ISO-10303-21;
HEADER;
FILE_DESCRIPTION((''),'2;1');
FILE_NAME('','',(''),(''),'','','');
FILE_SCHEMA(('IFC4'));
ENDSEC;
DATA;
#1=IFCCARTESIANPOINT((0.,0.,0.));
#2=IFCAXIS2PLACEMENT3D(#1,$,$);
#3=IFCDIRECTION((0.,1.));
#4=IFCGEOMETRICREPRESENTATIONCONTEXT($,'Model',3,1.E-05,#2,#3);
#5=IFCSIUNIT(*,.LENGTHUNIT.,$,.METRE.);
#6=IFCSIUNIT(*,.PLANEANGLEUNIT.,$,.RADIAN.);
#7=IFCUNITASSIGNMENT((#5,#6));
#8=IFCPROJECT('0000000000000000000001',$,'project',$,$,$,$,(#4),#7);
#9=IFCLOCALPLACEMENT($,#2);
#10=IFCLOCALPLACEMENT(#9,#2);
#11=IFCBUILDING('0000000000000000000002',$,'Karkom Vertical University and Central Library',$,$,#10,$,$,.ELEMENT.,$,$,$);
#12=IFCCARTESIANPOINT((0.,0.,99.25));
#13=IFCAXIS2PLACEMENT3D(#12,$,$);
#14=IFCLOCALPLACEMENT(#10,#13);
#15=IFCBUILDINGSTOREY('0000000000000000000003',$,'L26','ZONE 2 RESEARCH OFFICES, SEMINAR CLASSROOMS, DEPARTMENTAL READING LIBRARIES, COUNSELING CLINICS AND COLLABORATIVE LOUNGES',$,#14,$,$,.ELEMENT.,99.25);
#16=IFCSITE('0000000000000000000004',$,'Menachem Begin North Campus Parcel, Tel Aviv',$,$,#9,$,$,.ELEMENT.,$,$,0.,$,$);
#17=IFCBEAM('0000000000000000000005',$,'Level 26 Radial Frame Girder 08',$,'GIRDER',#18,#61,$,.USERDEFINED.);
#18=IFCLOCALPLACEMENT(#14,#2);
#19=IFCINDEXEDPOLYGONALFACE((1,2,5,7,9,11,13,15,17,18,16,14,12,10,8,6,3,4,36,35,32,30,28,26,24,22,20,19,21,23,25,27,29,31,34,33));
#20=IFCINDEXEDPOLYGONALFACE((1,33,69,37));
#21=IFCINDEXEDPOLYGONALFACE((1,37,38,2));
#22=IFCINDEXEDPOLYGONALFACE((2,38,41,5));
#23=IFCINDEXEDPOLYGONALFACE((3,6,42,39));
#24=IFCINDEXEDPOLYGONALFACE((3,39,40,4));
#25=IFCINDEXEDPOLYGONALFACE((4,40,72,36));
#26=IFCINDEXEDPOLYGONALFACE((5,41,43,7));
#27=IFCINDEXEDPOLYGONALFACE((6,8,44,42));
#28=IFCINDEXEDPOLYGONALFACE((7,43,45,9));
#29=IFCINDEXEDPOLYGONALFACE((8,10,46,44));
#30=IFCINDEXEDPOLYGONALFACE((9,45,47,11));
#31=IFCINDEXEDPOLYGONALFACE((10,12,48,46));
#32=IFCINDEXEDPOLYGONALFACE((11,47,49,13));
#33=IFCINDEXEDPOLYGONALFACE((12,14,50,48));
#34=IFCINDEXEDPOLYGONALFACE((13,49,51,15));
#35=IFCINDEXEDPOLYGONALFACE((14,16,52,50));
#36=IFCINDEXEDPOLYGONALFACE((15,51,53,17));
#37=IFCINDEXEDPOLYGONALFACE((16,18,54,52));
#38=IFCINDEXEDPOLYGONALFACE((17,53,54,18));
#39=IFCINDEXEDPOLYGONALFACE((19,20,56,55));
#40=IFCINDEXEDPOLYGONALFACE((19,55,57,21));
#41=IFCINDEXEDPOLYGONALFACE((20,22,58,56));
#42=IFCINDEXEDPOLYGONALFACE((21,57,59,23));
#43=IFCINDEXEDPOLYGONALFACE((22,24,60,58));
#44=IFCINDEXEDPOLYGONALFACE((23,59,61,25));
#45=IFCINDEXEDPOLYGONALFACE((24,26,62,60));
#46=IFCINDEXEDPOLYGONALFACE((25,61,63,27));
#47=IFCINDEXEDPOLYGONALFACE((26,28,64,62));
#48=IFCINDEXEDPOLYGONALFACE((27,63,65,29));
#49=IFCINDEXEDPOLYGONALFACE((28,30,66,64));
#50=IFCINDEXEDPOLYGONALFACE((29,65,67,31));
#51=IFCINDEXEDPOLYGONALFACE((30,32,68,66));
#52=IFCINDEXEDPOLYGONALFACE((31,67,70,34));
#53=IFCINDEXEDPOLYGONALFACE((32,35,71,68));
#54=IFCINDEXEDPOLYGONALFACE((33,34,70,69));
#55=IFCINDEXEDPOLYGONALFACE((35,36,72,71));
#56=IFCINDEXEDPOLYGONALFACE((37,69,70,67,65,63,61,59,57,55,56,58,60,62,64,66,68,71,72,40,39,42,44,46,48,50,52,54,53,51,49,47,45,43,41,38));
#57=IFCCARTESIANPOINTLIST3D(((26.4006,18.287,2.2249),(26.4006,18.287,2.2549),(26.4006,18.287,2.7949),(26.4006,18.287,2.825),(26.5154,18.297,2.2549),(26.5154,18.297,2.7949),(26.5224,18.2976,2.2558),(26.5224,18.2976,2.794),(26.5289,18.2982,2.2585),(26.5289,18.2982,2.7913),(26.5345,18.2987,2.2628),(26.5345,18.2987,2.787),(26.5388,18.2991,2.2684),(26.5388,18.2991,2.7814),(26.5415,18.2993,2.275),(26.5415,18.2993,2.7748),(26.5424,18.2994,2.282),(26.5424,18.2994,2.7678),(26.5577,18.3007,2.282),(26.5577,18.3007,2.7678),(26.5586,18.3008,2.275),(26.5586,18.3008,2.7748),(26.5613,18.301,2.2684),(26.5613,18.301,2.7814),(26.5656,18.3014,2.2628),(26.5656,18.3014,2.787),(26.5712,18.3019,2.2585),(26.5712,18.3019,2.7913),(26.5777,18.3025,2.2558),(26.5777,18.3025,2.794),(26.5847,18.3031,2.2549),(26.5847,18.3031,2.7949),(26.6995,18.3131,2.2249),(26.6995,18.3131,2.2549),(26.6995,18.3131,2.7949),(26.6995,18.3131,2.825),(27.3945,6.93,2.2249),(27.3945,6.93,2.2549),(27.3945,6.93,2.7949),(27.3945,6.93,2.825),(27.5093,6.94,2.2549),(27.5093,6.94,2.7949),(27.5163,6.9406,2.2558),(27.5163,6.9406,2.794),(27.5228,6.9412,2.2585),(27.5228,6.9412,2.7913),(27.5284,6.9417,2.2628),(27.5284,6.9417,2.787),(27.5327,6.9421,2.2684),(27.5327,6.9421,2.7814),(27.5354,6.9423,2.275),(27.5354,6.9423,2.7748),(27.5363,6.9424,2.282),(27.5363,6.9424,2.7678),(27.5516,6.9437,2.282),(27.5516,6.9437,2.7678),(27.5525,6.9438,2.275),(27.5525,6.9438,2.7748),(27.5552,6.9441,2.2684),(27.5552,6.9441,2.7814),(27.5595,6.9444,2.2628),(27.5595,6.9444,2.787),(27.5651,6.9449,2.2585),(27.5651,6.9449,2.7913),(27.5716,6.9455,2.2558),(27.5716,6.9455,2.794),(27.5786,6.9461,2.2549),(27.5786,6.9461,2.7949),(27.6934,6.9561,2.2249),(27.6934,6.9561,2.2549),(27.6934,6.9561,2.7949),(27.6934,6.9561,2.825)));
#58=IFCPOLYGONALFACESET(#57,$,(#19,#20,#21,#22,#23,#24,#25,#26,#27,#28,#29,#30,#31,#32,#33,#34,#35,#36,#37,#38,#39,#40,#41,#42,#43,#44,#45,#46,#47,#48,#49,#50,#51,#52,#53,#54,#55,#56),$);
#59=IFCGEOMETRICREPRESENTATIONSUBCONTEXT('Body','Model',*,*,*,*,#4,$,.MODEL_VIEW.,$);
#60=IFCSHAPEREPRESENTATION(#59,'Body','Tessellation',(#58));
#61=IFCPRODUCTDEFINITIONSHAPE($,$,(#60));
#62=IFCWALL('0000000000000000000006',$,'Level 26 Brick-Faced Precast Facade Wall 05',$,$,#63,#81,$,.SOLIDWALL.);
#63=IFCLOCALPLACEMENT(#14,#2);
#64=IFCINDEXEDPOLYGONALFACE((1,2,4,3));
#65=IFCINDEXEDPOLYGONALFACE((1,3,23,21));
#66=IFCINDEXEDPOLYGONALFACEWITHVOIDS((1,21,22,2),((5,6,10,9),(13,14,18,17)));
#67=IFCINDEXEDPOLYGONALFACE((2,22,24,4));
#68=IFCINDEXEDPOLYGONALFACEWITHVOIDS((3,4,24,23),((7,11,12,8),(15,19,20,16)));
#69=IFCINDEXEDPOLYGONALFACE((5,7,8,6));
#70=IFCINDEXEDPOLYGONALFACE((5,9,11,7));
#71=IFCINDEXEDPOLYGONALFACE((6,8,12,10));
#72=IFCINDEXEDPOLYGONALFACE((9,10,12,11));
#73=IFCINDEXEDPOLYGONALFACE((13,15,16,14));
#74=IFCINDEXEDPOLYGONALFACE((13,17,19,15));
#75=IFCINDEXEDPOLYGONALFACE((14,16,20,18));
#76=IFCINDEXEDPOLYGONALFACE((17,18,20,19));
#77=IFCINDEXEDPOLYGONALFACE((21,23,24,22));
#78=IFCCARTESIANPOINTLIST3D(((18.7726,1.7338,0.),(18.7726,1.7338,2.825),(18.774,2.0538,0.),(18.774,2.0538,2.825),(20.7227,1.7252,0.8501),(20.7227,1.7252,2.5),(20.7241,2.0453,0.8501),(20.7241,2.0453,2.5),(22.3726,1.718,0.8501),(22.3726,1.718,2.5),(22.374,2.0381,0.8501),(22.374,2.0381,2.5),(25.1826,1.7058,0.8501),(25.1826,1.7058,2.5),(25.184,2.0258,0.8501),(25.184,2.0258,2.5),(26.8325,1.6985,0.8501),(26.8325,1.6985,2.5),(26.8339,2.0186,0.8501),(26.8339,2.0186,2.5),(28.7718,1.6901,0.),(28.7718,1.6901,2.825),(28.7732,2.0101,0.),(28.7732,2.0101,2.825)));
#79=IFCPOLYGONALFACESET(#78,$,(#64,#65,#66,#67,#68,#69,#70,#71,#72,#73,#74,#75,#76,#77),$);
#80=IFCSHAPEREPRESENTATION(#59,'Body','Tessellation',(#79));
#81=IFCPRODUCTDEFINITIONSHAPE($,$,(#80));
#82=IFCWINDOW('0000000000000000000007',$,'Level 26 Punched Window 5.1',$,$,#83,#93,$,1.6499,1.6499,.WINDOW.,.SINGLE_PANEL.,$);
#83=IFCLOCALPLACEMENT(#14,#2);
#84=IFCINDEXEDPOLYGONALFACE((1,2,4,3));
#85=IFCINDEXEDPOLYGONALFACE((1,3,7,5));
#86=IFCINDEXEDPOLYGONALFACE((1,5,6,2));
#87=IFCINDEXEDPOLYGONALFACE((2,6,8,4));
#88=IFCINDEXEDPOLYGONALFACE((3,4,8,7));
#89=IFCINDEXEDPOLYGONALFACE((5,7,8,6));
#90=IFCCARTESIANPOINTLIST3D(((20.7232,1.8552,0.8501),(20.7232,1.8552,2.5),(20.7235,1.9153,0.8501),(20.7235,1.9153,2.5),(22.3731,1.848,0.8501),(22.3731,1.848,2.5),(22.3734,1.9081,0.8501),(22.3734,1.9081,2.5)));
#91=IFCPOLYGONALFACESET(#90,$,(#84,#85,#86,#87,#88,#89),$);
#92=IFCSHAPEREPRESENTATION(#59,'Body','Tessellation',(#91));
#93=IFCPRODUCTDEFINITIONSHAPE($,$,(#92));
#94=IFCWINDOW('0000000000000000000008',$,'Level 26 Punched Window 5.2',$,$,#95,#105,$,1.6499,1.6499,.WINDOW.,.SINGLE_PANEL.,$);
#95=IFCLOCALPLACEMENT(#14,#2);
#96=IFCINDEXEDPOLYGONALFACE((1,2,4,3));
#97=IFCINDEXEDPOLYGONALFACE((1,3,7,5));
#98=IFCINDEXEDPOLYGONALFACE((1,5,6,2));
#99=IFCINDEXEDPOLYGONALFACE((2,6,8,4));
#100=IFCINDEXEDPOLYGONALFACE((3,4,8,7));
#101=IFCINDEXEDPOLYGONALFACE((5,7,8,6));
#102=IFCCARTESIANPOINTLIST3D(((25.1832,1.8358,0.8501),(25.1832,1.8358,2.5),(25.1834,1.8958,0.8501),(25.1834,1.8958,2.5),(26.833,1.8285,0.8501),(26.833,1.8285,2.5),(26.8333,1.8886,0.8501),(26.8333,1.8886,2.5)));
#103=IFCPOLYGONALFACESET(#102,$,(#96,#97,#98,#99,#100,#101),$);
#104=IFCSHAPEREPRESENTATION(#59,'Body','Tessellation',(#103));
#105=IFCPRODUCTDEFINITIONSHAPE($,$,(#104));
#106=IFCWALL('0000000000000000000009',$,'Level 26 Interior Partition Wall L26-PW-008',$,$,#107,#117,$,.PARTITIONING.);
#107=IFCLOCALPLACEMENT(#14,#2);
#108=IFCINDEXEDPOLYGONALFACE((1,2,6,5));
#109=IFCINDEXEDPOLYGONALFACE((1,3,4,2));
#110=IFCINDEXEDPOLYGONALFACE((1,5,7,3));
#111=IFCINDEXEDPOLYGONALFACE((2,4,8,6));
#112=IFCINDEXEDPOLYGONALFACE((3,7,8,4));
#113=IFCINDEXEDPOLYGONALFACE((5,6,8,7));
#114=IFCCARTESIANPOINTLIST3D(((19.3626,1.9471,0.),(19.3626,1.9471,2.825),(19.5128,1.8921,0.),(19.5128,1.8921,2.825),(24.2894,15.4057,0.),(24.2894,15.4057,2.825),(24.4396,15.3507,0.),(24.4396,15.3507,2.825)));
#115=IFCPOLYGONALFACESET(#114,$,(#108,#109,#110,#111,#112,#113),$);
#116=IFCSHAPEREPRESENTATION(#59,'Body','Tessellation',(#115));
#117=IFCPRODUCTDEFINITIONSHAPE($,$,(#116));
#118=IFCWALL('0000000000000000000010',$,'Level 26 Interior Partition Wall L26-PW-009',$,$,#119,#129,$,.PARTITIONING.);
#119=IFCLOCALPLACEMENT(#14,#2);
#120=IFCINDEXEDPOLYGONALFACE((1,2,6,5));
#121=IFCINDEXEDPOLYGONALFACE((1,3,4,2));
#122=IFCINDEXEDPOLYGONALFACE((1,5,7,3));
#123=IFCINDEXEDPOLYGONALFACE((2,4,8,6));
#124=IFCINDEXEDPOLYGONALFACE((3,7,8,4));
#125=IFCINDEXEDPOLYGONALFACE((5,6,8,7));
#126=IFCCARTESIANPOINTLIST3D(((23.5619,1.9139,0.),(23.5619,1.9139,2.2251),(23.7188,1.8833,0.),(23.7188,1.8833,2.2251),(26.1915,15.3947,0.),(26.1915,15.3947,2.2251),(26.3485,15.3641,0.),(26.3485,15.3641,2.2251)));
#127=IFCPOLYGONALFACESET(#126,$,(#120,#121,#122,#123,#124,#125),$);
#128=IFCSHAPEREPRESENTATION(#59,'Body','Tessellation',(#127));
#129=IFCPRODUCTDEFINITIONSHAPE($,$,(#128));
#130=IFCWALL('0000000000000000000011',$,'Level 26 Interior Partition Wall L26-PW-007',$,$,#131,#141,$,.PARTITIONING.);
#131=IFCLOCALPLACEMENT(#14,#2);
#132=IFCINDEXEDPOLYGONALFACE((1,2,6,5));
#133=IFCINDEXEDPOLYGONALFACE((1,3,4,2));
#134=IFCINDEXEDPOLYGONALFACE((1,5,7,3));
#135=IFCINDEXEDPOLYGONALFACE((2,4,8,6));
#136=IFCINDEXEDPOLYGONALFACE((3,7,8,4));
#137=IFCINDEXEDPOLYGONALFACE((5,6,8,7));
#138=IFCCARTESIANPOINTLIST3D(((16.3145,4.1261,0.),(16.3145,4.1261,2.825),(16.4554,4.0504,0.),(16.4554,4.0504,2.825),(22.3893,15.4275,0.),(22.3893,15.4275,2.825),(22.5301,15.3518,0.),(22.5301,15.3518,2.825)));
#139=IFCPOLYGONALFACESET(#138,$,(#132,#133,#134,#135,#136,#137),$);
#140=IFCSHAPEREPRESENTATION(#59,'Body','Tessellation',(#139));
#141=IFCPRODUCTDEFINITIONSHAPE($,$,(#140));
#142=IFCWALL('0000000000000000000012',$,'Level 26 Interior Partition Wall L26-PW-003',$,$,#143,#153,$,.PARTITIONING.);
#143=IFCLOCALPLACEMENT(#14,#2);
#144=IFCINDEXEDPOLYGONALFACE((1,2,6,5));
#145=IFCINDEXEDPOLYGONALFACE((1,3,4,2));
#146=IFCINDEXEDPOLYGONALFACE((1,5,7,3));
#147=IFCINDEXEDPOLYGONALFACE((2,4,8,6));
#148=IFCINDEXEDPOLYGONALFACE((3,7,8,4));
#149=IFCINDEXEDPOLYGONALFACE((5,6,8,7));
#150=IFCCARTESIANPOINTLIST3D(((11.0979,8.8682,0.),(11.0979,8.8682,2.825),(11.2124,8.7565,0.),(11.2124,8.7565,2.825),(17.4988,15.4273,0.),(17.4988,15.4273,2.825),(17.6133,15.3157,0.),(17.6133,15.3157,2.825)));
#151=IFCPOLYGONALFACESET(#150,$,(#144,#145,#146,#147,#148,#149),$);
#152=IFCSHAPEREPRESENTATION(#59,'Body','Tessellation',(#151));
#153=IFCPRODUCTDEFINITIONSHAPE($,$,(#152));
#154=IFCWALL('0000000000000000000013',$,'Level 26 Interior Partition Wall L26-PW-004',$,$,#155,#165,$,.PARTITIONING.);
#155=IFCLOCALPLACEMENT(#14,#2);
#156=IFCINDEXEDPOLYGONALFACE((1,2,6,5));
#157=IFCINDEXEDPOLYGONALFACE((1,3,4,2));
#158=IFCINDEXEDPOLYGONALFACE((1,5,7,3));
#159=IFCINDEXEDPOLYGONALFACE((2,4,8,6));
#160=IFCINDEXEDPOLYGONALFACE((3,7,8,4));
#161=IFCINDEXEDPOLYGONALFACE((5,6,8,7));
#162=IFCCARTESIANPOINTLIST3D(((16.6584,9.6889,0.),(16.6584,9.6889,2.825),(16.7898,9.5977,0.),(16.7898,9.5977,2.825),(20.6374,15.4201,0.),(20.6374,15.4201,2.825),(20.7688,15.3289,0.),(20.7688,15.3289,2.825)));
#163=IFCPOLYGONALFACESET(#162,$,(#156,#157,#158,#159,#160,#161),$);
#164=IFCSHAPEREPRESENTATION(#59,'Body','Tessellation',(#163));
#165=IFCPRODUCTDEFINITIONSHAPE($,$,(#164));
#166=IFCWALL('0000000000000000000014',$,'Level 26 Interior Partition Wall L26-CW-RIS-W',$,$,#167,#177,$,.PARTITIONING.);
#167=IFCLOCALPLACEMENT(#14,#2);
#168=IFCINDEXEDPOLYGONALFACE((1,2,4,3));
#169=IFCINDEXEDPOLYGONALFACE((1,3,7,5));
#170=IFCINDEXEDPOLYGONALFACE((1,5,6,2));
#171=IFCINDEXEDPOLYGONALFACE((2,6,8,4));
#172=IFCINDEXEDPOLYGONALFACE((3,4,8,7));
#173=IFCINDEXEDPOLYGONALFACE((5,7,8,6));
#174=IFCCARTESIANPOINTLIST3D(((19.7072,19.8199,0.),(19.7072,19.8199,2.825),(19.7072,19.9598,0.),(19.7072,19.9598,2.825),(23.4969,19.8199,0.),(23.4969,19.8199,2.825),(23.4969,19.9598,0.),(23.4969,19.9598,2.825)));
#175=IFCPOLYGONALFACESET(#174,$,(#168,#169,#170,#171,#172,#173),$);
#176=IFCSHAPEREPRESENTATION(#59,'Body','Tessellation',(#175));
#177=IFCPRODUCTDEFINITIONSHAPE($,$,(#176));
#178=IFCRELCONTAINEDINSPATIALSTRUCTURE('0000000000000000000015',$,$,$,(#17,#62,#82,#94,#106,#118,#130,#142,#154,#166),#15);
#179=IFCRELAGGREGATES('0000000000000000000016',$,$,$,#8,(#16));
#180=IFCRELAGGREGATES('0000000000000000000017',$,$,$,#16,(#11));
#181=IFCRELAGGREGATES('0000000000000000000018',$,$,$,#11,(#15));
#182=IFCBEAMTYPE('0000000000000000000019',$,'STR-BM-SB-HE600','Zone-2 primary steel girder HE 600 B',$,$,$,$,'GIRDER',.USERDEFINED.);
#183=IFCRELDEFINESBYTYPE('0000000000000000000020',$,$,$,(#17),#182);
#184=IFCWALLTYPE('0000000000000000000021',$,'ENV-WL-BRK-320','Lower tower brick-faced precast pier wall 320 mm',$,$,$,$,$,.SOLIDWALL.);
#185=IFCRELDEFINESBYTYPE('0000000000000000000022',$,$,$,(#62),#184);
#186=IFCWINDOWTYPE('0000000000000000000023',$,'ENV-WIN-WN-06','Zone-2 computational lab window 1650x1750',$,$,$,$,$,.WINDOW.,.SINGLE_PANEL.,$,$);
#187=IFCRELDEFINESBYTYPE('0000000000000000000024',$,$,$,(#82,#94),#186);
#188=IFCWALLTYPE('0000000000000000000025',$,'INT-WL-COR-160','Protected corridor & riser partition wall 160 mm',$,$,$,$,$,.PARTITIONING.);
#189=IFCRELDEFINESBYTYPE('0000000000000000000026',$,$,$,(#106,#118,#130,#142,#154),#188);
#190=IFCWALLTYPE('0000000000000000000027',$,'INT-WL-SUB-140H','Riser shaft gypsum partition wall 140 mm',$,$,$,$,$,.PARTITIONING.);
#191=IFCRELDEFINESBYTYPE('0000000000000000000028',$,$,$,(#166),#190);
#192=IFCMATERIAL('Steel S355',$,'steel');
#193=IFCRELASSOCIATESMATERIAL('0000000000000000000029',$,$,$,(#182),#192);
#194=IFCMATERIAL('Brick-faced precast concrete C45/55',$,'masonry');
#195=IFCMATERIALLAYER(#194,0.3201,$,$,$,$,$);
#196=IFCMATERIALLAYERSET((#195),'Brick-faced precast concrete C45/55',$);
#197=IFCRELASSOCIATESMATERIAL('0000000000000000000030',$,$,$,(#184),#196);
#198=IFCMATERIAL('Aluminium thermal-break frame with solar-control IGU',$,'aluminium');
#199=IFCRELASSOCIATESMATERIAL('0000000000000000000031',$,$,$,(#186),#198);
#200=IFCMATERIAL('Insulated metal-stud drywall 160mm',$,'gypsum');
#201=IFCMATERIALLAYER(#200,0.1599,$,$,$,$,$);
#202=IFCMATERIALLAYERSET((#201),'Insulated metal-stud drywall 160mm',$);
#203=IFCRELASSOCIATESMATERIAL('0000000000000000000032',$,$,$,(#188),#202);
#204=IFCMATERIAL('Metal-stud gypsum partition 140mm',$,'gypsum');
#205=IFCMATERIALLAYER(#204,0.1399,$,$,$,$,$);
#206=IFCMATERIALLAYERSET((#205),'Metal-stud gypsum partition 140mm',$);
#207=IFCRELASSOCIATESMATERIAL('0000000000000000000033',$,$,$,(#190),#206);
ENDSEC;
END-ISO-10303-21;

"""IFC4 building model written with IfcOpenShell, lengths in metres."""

from ifc_helpers import new_model, si_unit, direction, frame, frame_2d, origin, origin_with_axes, origin_2d, place, context, subcontext, project, spatial, rectangle, i_section, extrude, source, transform, mapped, material, layer, layer_set, material_profile, profile_set, type_object, element, fill, save


model = new_model("IFC4")

# Units and contexts
model_context = context("Model", 3, precision=1e-05, world=origin(), true_north=direction((0.0, 1.0)))
body_context = subcontext(model_context, "Body", "Model", "MODEL_VIEW")
ifc_project = project(units=[si_unit("LENGTHUNIT", "METRE"), si_unit("PLANEANGLEUNIT", "RADIAN")], contexts=[model_context])

# Site, building, storey
site_placement = place(None, origin())
site = spatial("IfcSite", under=ifc_project, at=site_placement, Name="Menachem Begin North Campus Parcel, Tel Aviv", CompositionType="ELEMENT", RefElevation=0.0)
building_placement = place(site_placement, origin())
building = spatial("IfcBuilding", under=site, at=building_placement, Name="Karkom Vertical University and Central Library", CompositionType="ELEMENT")
storey_placement = place(building_placement, frame((0.0, 0.0, 99.25)))
storey = spatial("IfcBuildingStorey", under=building, at=storey_placement, Name="L26", Description="ZONE 2 RESEARCH OFFICES, SEMINAR CLASSROOMS, DEPARTMENTAL READING LIBRARIES, COUNSELING CLINICS AND COLLABORATIVE LOUNGES", CompositionType="ELEMENT", Elevation=99.25)

# Beam
ifc_material_1 = material(Name="Steel S355", Category="steel")
ifc_material_profile_1 = material_profile(ifc_material_1, i_section(OverallWidth=0.3, OverallDepth=0.6001, WebThickness=0.0154, FlangeThickness=0.03, FilletRadius=0.0271, at=origin_2d()), Name="HE 600 B")
ifc_profile_set_1 = profile_set([ifc_material_profile_1], Name="Steel S355")
beam_type_1 = type_object("IfcBeamType", Name="STR-BM-SB-HE600", Description="Zone-2 primary steel girder HE 600 B", ElementType="GIRDER", PredefinedType="USERDEFINED", material=ifc_profile_set_1)
shared_shape_1 = source(origin_with_axes(), body_context, "Body", "SweptSolid", [
    extrude(i_section(OverallWidth=0.3, OverallDepth=0.6001, WebThickness=0.0154, FlangeThickness=0.03, FilletRadius=0.0271, at=origin_2d()), origin(), (0.0, 0.0, 1.0), 11.4004),
])
beam_1_placement = place(storey_placement, frame((26.55, 18.3, 2.5249), z_axis=(0.087181, -0.996192, 0.0), x_axis=(0.996192, 0.087181, 0.0)))
element("IfcBeam", 1, at=beam_1_placement, inside=storey, type_object=beam_type_1, Name="Level 26 Radial Frame Girder 08", ObjectType="GIRDER", PredefinedType="USERDEFINED", context=body_context, shape_type="MappedRepresentation", body=[
    mapped(shared_shape_1, transform((0.0, 0.0, 0.0), scale=1.0)),
])

# Wall, openings, windows
ifc_material_2 = material(Name="Brick-faced precast concrete C45/55", Category="masonry")
ifc_layer_1 = layer(ifc_material_2, 0.3201)
ifc_layer_set_1 = layer_set([ifc_layer_1], Name="Brick-faced precast concrete C45/55")
wall_type_1 = type_object("IfcWallType", Name="ENV-WL-BRK-320", Description="Lower tower brick-faced precast pier wall 320 mm", PredefinedType="SOLIDWALL", material=ifc_layer_set_1)
wall_1_placement = place(storey_placement, frame((18.7734, 1.8938, 0.0), z_axis=(0.0, 0.0, 1.0), x_axis=(0.99999, -0.00437, 0.0)))
wall_1 = element("IfcWall", 2, at=wall_1_placement, inside=storey, type_object=wall_type_1, Name="Level 26 Brick-Faced Precast Facade Wall 05", PredefinedType="SOLIDWALL", context=body_context, shape_type="SweptSolid", body=[
    extrude(rectangle(XDim=9.9993, YDim=0.3201, at=frame_2d((4.9995, 0.0))), origin(), (0.0, 0.0, 1.0), 2.825),
])
opening_1_placement = place(wall_1_placement, frame((1.95, 0.0, 0.8501)))
opening_1 = element("IfcOpeningElement", 3, at=opening_1_placement, cuts=wall_1, PredefinedType="OPENING", context=body_context, shape_type="SweptSolid", body=[
    extrude(rectangle(XDim=1.6499, YDim=1.6499, at=frame_2d((0.825, 0.825))), frame((0.0, 0.1699, 0.0), z_axis=(0.0, -1.0, 0.0), x_axis=(1.0, 0.0, 0.0)), (0.0, 0.0, 1.0), 0.3401),
])
opening_2_placement = place(wall_1_placement, frame((6.4099, 0.0, 0.8501)))
opening_2 = element("IfcOpeningElement", 4, at=opening_2_placement, cuts=wall_1, PredefinedType="OPENING", context=body_context, shape_type="SweptSolid", body=[
    extrude(rectangle(XDim=1.6499, YDim=1.6499, at=frame_2d((0.825, 0.825))), frame((0.0, 0.1699, 0.0), z_axis=(0.0, -1.0, 0.0), x_axis=(1.0, 0.0, 0.0)), (0.0, 0.0, 1.0), 0.3401),
])
ifc_material_3 = material(Name="Aluminium thermal-break frame with solar-control IGU", Category="aluminium")
window_type = type_object("IfcWindowType", Name="ENV-WIN-WN-06", Description="Zone-2 computational lab window 1650x1750", PartitioningType="SINGLE_PANEL", PredefinedType="WINDOW", material=ifc_material_3)
shared_shape_2 = source(origin_with_axes(), body_context, "Body", "SweptSolid", [
    extrude(rectangle(XDim=1.6499, YDim=1.6499, at=frame_2d((0.825, 0.825))), frame((0.0, 0.03, 0.0), z_axis=(0.0, -1.0, 0.0), x_axis=(1.0, 0.0, 0.0)), (0.0, 0.0, 1.0), 0.0601),
])
window_1_placement = place(opening_1_placement, origin())
window_1 = element("IfcWindow", 5, at=window_1_placement, inside=storey, type_object=window_type, Name="Level 26 Punched Window 5.1", OverallHeight=1.6499, OverallWidth=1.6499, PartitioningType="SINGLE_PANEL", PredefinedType="WINDOW", context=body_context, shape_type="MappedRepresentation", body=[
    mapped(shared_shape_2, transform((0.0, 0.0, 0.0), scale=1.0)),
])
fill(opening_1, window_1)
window_2_placement = place(opening_2_placement, origin())
window_2 = element("IfcWindow", 6, at=window_2_placement, inside=storey, type_object=window_type, Name="Level 26 Punched Window 5.2", OverallHeight=1.6499, OverallWidth=1.6499, PartitioningType="SINGLE_PANEL", PredefinedType="WINDOW", context=body_context, shape_type="MappedRepresentation", body=[
    mapped(shared_shape_2, transform((0.0, 0.0, 0.0), scale=1.0)),
])
fill(opening_2, window_2)

# Walls
ifc_material_4 = material(Name="Insulated metal-stud drywall 160mm", Category="gypsum")
ifc_layer_2 = layer(ifc_material_4, 0.1599)
ifc_layer_set_2 = layer_set([ifc_layer_2], Name="Insulated metal-stud drywall 160mm")
wall_type_2 = type_object("IfcWallType", Name="INT-WL-COR-160", Description="Protected corridor & riser partition wall 160 mm", PredefinedType="PARTITIONING", material=ifc_layer_set_2)
wall_2_placement = place(storey_placement, frame((24.3645, 15.3782, 0.0), z_axis=(0.0, 0.0, 1.0), x_axis=(-0.343761, -0.939057, 0.0)))
element("IfcWall", 7, at=wall_2_placement, inside=storey, type_object=wall_type_2, Name="Level 26 Interior Partition Wall L26-PW-008", PredefinedType="PARTITIONING", context=body_context, shape_type="SweptSolid", body=[
    extrude(rectangle(XDim=14.332, YDim=0.1599, at=frame_2d((7.166, 0.0))), origin(), (0.0, 0.0, 1.0), 2.825),
])
wall_3_placement = place(storey_placement, frame((26.27, 15.3794, 0.0), z_axis=(0.0, 0.0, 1.0), x_axis=(-0.191458, -0.981501, 0.0)))
element("IfcWall", 8, at=wall_3_placement, inside=storey, type_object=wall_type_2, Name="Level 26 Interior Partition Wall L26-PW-009", PredefinedType="PARTITIONING", context=body_context, shape_type="SweptSolid", body=[
    extrude(rectangle(XDim=13.7349, YDim=0.1599, at=frame_2d((6.8674, 0.0))), origin(), (0.0, 0.0, 1.0), 2.2251),
])
wall_4_placement = place(storey_placement, frame((22.4597, 15.3896, 0.0), z_axis=(0.0, 0.0, 1.0), x_axis=(-0.47346, -0.880815, 0.0)))
element("IfcWall", 9, at=wall_4_placement, inside=storey, type_object=wall_type_2, Name="Level 26 Interior Partition Wall L26-PW-007", PredefinedType="PARTITIONING", context=body_context, shape_type="SweptSolid", body=[
    extrude(rectangle(XDim=12.8306, YDim=0.1599, at=frame_2d((6.4153, 0.0))), origin(), (0.0, 0.0, 1.0), 2.825),
])
wall_5_placement = place(storey_placement, frame((17.5562, 15.3716, 0.0), z_axis=(0.0, 0.0, 1.0), x_axis=(-0.698423, -0.715685, 0.0)))
element("IfcWall", 10, at=wall_5_placement, inside=storey, type_object=wall_type_2, Name="Level 26 Interior Partition Wall L26-PW-003", PredefinedType="PARTITIONING", context=body_context, shape_type="SweptSolid", body=[
    extrude(rectangle(XDim=9.1648, YDim=0.1599, at=frame_2d((4.5825, 0.0))), origin(), (0.0, 0.0, 1.0), 2.825),
])
wall_6_placement = place(storey_placement, frame((20.7031, 15.3745, 0.0), z_axis=(0.0, 0.0, 1.0), x_axis=(-0.570299, -0.821437, 0.0)))
element("IfcWall", 11, at=wall_6_placement, inside=storey, type_object=wall_type_2, Name="Level 26 Interior Partition Wall L26-PW-004", PredefinedType="PARTITIONING", context=body_context, shape_type="SweptSolid", body=[
    extrude(rectangle(XDim=6.9771, YDim=0.1599, at=frame_2d((3.4885, 0.0))), origin(), (0.0, 0.0, 1.0), 2.825),
])
ifc_material_5 = material(Name="Metal-stud gypsum partition 140mm", Category="gypsum")
ifc_layer_3 = layer(ifc_material_5, 0.1399)
ifc_layer_set_3 = layer_set([ifc_layer_3], Name="Metal-stud gypsum partition 140mm")
wall_type_3 = type_object("IfcWallType", Name="INT-WL-SUB-140H", Description="Riser shaft gypsum partition wall 140 mm", PredefinedType="PARTITIONING", material=ifc_layer_set_3)
wall_7_placement = place(storey_placement, frame((19.707, 19.8899, 0.0), z_axis=(0.0, 0.0, 1.0), x_axis=(1.0, 0.0, 0.0)))
element("IfcWall", 12, at=wall_7_placement, inside=storey, type_object=wall_type_3, Name="Level 26 Interior Partition Wall L26-CW-RIS-W", PredefinedType="PARTITIONING", context=body_context, shape_type="SweptSolid", body=[
    extrude(rectangle(XDim=3.7898, YDim=0.1399, at=frame_2d((1.895, 0.0))), origin(), (0.0, 0.0, 1.0), 2.825),
])

save(model, "model.ifc")
